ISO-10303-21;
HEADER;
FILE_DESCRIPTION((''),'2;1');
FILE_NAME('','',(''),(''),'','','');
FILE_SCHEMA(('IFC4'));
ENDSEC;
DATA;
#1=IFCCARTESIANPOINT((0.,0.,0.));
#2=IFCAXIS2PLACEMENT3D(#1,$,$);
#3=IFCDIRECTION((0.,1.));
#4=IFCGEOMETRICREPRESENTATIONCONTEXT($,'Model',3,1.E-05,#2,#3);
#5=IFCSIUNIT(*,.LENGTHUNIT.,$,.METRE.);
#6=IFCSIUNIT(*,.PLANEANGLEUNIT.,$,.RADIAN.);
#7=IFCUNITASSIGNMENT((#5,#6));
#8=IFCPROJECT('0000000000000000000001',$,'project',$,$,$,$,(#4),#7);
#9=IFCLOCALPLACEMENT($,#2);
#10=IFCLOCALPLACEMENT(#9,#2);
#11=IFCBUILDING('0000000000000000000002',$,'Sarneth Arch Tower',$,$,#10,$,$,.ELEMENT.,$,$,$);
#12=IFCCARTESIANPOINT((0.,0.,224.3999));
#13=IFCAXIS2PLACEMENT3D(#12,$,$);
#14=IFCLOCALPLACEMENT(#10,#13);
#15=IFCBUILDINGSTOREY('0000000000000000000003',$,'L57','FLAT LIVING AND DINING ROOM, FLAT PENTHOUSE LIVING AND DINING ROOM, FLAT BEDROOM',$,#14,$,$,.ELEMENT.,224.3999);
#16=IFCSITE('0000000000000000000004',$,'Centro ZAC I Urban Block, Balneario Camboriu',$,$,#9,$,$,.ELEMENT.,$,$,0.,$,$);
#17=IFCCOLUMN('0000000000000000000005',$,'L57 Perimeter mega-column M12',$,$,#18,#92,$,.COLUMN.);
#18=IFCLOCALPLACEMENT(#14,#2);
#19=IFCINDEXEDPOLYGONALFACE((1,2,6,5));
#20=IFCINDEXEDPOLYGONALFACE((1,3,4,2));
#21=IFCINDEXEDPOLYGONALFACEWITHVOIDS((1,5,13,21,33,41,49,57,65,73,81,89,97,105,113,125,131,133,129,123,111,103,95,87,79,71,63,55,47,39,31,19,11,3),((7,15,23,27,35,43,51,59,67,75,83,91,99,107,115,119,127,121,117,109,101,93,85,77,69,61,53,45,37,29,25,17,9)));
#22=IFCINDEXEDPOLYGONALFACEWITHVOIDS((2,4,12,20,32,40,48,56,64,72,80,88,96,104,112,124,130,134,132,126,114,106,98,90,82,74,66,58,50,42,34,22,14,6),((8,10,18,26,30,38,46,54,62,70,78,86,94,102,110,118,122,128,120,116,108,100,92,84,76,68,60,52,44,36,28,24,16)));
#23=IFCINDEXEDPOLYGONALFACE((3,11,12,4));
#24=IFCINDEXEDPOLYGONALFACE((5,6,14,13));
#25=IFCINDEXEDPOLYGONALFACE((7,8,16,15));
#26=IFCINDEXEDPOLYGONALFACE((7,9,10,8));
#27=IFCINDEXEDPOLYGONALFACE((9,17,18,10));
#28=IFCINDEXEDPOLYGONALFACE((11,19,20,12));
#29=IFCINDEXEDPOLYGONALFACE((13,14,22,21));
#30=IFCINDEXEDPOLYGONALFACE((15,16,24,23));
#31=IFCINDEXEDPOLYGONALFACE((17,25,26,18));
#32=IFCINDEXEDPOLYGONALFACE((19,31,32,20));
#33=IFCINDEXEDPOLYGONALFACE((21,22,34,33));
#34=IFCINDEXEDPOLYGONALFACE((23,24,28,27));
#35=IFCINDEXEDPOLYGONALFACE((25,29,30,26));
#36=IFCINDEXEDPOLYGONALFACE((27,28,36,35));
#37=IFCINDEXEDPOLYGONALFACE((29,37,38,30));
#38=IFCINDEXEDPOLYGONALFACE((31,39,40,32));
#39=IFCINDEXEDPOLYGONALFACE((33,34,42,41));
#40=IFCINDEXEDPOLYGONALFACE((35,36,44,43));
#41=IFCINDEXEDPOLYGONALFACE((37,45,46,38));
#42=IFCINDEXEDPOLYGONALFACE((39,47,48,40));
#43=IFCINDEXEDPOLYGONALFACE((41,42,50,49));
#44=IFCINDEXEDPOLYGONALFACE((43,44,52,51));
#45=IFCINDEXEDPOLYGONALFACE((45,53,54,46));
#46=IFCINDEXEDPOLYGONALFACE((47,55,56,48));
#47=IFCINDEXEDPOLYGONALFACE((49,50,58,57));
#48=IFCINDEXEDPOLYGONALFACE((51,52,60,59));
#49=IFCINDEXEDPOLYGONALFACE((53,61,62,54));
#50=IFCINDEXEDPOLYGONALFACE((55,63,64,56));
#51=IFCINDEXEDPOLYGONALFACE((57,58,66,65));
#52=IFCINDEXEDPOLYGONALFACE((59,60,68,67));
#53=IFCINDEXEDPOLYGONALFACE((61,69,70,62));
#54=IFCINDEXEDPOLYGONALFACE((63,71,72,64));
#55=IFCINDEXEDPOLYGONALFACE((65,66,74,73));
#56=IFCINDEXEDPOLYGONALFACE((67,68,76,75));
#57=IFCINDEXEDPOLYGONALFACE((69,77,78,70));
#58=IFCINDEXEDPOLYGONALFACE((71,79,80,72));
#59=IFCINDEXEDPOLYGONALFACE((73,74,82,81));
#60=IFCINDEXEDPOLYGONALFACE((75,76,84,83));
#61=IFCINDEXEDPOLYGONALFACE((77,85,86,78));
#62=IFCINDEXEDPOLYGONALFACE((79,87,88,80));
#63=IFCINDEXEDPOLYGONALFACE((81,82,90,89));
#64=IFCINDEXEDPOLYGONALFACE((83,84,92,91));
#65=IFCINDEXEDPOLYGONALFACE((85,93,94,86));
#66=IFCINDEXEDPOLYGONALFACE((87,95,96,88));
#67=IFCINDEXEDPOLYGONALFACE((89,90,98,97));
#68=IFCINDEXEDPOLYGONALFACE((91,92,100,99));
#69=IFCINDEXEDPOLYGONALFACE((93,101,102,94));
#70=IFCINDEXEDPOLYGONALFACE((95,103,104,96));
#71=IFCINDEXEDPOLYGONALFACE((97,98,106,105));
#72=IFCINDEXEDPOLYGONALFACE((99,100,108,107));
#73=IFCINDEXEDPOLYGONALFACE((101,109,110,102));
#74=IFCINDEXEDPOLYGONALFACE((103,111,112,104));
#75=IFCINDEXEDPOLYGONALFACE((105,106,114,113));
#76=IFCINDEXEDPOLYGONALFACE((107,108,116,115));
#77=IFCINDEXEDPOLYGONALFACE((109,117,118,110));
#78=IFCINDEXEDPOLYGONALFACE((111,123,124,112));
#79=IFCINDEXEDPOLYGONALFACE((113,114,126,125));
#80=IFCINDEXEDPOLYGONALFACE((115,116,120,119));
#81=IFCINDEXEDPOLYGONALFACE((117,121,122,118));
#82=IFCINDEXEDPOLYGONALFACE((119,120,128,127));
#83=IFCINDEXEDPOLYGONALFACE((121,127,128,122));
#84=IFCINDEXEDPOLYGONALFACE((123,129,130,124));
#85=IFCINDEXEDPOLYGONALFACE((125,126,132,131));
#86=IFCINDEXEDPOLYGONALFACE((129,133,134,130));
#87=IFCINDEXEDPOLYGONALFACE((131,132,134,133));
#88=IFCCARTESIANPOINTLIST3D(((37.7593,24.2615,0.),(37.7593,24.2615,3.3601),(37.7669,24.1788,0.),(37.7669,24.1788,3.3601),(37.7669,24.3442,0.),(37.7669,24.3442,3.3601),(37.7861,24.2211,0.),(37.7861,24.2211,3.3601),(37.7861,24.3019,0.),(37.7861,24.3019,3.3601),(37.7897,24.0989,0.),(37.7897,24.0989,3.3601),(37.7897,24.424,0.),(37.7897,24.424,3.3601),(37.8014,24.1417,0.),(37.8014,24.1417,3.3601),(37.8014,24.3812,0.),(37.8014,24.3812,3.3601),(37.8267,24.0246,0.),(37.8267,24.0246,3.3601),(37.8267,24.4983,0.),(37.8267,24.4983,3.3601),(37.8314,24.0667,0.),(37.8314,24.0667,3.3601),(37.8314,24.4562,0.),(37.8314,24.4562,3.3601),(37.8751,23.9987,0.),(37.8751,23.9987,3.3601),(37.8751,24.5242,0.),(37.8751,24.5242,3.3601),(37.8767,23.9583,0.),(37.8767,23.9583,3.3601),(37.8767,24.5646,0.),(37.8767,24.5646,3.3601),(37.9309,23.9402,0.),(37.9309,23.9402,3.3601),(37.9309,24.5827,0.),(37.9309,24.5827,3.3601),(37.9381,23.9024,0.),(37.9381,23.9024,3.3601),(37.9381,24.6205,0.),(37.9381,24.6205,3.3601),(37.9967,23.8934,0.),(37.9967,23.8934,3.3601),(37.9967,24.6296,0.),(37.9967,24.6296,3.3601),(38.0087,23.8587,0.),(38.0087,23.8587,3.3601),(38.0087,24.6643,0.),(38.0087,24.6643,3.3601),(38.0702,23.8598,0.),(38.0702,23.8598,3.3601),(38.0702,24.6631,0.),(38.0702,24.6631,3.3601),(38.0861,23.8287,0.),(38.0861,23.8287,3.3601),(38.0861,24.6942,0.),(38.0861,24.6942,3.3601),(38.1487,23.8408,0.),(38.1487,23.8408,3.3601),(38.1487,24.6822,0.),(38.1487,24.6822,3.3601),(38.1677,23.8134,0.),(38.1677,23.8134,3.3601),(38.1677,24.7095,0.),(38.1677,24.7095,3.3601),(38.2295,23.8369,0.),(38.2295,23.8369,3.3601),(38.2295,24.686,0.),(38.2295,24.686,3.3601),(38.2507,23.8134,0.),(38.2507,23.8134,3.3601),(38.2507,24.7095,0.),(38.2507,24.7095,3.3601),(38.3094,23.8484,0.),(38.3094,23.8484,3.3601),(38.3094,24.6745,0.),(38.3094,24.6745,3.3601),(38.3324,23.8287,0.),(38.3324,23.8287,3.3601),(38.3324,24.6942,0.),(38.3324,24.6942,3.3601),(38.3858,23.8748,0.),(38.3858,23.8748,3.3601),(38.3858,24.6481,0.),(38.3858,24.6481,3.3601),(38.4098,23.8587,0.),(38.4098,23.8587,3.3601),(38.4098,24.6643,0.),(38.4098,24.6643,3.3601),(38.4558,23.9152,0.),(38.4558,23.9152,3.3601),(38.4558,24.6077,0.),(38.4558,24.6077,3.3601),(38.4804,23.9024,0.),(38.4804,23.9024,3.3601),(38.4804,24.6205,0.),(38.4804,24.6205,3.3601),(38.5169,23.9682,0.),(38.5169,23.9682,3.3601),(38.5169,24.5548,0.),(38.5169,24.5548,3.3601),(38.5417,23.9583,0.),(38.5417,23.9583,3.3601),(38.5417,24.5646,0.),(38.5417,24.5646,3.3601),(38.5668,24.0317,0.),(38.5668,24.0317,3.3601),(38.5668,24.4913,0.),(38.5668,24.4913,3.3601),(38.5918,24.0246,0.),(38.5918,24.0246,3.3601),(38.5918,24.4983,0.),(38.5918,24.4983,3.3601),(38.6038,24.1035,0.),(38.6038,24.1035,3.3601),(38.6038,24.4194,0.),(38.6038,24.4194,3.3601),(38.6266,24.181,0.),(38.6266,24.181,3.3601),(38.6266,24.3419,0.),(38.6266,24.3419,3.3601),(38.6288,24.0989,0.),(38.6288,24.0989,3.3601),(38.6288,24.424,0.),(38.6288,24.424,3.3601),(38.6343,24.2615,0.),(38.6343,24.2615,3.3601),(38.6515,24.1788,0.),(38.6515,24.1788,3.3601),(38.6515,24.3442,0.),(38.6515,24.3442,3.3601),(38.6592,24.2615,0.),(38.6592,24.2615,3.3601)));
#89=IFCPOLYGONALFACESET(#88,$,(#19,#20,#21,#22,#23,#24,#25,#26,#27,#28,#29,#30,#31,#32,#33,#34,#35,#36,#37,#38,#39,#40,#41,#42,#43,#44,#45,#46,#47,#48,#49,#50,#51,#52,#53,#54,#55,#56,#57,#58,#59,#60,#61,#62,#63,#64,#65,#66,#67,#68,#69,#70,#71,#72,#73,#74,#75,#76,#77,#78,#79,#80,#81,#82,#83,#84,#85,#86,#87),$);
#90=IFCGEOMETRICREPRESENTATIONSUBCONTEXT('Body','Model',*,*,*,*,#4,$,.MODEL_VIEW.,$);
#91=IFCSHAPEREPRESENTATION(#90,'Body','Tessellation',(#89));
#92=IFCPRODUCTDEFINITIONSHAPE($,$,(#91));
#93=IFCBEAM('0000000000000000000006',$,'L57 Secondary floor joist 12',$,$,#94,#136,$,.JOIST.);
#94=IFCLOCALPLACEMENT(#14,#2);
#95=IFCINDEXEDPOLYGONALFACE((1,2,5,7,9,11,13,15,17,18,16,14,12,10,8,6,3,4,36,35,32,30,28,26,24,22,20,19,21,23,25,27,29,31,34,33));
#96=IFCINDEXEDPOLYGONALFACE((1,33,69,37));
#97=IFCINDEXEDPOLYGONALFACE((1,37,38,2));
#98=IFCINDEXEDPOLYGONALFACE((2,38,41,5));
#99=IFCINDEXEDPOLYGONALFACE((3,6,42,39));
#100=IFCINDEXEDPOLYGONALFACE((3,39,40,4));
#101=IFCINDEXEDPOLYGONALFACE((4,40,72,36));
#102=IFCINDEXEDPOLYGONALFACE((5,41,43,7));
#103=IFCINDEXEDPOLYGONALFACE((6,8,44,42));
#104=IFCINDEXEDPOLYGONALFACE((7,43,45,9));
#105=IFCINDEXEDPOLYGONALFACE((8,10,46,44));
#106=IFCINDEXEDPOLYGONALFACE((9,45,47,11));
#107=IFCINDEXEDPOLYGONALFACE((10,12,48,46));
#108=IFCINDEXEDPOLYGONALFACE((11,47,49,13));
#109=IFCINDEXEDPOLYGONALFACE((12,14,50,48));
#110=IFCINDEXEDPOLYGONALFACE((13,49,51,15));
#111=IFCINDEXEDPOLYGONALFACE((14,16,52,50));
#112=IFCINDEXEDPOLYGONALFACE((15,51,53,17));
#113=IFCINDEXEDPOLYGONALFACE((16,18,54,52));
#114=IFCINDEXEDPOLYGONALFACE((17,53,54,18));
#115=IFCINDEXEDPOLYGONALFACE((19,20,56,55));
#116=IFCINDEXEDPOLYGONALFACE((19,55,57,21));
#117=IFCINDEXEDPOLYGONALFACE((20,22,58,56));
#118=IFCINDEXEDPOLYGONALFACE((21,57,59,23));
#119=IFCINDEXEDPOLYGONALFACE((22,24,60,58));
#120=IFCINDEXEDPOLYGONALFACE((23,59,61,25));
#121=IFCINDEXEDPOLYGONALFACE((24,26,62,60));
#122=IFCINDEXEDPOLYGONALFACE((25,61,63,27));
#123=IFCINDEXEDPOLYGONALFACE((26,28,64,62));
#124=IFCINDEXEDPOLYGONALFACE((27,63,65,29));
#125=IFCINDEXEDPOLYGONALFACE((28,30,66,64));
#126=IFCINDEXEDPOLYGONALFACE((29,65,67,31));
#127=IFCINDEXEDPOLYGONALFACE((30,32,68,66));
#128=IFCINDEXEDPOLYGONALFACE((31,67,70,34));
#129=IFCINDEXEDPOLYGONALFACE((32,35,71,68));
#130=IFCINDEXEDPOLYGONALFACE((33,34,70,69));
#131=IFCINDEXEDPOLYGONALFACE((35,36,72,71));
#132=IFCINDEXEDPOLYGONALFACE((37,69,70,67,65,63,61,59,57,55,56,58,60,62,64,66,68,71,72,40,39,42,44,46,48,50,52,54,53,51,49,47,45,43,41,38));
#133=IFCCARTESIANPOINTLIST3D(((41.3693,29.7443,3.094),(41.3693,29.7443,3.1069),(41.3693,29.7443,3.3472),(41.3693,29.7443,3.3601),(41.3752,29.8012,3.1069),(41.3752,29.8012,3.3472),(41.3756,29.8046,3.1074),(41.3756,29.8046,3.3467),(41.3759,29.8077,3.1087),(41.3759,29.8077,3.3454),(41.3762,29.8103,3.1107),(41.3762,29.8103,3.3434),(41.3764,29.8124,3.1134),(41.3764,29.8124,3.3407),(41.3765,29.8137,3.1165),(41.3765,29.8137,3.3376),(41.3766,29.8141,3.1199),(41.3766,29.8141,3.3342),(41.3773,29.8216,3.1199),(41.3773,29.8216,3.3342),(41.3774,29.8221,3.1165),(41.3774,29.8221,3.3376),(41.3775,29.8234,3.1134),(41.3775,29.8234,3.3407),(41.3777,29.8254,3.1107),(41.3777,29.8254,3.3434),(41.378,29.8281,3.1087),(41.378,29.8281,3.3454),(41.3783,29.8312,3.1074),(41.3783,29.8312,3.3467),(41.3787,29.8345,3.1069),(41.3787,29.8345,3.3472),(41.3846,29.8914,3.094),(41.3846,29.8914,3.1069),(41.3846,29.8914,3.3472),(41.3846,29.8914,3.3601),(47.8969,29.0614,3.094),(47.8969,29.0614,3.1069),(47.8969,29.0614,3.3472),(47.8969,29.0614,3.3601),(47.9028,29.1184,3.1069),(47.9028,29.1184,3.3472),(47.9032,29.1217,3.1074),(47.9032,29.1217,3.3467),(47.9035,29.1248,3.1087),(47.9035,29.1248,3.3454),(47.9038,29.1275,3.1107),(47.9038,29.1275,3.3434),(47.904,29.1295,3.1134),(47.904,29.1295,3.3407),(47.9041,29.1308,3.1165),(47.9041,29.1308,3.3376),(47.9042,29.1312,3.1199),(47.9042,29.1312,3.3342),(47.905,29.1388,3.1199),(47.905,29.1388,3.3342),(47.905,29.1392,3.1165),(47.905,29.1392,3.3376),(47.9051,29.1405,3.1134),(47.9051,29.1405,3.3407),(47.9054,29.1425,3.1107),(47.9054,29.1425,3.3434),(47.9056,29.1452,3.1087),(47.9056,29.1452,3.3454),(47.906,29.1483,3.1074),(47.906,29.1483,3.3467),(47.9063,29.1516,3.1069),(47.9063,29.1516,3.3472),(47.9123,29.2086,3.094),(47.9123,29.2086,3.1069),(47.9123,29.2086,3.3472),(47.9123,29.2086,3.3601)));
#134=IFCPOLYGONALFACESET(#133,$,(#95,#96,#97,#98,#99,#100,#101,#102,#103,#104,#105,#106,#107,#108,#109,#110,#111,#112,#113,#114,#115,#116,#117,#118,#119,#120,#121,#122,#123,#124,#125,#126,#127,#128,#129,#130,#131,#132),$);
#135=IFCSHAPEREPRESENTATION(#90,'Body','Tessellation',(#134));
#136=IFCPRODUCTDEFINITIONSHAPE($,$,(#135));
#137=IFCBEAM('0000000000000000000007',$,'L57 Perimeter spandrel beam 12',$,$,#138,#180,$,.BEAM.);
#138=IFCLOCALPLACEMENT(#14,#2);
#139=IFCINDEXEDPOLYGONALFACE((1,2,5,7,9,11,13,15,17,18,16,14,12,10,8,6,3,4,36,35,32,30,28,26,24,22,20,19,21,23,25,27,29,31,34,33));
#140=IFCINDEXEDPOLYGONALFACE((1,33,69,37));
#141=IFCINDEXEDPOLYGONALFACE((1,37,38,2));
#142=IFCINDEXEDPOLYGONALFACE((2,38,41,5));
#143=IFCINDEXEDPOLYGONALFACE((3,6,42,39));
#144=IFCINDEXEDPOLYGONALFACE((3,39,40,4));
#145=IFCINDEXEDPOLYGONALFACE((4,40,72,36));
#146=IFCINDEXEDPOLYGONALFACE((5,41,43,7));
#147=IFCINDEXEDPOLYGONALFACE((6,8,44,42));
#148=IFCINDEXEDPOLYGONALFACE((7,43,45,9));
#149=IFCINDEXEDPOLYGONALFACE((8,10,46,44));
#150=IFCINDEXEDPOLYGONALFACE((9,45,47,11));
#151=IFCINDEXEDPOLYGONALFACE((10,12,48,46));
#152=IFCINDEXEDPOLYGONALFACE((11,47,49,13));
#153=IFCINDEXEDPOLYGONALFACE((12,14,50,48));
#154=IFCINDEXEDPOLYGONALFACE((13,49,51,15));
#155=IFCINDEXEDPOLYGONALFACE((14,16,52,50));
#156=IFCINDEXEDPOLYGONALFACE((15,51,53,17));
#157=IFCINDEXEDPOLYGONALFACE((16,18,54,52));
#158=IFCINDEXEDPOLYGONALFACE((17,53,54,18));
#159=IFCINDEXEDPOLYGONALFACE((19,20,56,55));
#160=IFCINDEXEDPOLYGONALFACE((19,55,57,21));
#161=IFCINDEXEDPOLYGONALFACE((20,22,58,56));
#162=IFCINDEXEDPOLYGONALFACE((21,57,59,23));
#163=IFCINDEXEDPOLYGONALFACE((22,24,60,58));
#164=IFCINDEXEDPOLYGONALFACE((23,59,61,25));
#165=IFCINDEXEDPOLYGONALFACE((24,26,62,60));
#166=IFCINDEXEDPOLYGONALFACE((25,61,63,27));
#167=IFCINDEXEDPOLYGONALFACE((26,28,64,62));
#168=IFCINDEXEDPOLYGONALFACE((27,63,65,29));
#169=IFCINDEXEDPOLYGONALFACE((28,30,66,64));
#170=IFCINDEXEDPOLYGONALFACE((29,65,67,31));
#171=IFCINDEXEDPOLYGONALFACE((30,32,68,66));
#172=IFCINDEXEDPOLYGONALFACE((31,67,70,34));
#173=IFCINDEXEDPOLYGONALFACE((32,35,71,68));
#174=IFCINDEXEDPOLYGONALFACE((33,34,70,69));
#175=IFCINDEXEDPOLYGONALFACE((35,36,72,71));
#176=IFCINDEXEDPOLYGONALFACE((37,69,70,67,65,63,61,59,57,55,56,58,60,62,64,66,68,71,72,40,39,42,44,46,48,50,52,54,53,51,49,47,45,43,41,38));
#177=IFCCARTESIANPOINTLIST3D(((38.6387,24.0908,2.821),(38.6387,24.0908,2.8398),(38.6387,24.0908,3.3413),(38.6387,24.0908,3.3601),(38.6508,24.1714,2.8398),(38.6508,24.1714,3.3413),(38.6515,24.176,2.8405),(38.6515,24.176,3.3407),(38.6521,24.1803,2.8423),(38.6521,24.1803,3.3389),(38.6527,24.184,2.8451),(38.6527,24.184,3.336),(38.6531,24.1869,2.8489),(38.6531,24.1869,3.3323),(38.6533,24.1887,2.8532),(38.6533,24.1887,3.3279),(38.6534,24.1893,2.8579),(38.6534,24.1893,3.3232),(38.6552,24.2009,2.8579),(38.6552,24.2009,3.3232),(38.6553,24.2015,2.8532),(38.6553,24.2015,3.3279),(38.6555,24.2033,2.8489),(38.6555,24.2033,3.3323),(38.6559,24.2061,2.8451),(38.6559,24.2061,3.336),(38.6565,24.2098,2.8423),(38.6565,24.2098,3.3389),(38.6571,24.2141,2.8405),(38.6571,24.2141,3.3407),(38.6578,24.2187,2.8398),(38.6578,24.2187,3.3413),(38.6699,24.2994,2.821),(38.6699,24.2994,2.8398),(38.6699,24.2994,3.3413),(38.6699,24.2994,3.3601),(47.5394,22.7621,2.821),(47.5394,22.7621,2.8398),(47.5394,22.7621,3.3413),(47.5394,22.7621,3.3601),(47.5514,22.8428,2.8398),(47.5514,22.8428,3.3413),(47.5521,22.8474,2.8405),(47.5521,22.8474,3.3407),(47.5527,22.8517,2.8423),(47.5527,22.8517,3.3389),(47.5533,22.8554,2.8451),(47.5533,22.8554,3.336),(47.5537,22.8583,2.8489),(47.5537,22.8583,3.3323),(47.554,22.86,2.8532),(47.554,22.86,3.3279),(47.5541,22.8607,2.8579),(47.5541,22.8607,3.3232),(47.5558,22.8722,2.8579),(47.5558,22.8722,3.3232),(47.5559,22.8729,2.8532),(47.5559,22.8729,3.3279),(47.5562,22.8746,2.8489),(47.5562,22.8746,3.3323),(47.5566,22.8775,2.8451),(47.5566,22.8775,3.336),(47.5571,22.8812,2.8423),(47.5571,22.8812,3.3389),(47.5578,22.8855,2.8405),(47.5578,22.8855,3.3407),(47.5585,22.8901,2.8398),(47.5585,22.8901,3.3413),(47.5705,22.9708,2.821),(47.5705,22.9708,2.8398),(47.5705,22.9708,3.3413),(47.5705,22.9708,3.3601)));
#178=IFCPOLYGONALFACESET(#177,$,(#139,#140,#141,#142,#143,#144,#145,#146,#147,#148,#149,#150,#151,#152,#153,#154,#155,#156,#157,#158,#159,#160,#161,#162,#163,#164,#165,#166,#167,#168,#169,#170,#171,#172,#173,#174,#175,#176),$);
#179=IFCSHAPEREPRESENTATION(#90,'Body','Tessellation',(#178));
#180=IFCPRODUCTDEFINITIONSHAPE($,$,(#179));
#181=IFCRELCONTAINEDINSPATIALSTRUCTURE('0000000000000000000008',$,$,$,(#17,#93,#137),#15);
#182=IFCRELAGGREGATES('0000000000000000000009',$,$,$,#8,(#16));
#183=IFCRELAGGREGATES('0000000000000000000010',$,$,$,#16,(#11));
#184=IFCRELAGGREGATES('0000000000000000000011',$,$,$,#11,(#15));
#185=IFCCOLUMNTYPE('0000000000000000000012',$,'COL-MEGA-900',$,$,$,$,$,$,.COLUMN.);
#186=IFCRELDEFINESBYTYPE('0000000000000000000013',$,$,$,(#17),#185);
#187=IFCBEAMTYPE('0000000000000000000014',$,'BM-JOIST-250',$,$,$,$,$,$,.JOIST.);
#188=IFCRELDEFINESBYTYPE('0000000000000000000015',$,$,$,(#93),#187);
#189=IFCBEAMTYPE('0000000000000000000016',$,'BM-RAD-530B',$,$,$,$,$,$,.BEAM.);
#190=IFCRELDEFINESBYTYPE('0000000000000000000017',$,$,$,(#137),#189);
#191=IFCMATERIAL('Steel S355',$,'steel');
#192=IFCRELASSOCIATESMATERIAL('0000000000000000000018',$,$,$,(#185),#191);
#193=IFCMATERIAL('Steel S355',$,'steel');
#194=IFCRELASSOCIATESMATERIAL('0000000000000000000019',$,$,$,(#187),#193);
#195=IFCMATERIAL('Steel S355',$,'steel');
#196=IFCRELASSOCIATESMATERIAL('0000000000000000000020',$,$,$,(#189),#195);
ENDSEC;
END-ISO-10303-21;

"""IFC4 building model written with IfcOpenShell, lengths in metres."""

from ifc_helpers import new_model, si_unit, direction, frame, origin, origin_2d, place, context, subcontext, project, spatial, hollow_circle, i_section, extrude, material, material_profile, profile_set, type_object, element, save


model = new_model("IFC4")

# Units and contexts
model_context = context("Model", 3, precision=1e-05, world=origin(), true_north=direction((0.0, 1.0)))
body_context = subcontext(model_context, "Body", "Model", "MODEL_VIEW")
ifc_project = project(units=[si_unit("LENGTHUNIT", "METRE"), si_unit("PLANEANGLEUNIT", "RADIAN")], contexts=[model_context])

# Site, building, storey
site_placement = place(None, origin())
site = spatial("IfcSite", under=ifc_project, at=site_placement, Name="Centro ZAC I Urban Block, Balneario Camboriu", CompositionType="ELEMENT", RefElevation=0.0)
building_placement = place(site_placement, origin())
building = spatial("IfcBuilding", under=site, at=building_placement, Name="Sarneth Arch Tower", CompositionType="ELEMENT")
storey_placement = place(building_placement, frame((0.0, 0.0, 224.3999)))
storey = spatial("IfcBuildingStorey", under=building, at=storey_placement, Name="L57", Description="FLAT LIVING AND DINING ROOM, FLAT PENTHOUSE LIVING AND DINING ROOM, FLAT BEDROOM", CompositionType="ELEMENT", Elevation=224.3999)

# Column
ifc_material_1 = material(Name="Steel S355", Category="steel")
ifc_material_profile_1 = material_profile(ifc_material_1, hollow_circle(Radius=0.45, WallThickness=0.0249, at=origin_2d()), Name="CHS900x25")
ifc_profile_set_1 = profile_set([ifc_material_profile_1], Name="Steel S355")
column_type = type_object("IfcColumnType", Name="COL-MEGA-900", PredefinedType="COLUMN", material=ifc_profile_set_1)
column_placement = place(storey_placement, frame((38.2092, 24.2615, 0.0), z_axis=(0.0, 0.0, 1.0), x_axis=(1.0, 0.0, 0.0)))
element("IfcColumn", 1, at=column_placement, inside=storey, type_object=column_type, Name="L57 Perimeter mega-column M12", PredefinedType="COLUMN", context=body_context, shape_type="SweptSolid", body=[
    extrude(hollow_circle(Radius=0.45, WallThickness=0.0249, at=origin_2d()), origin(), (0.0, 0.0, 1.0), 3.3601),
])

# Beams
ifc_material_2 = material(Name="Steel S355", Category="steel")
ifc_material_profile_2 = material_profile(ifc_material_2, i_section(OverallWidth=0.1479, OverallDepth=0.2661, WebThickness=0.0076, FlangeThickness=0.0129, FilletRadius=0.0129, at=origin_2d()), Name="W250x44.8")
ifc_profile_set_2 = profile_set([ifc_material_profile_2], Name="Steel S355")
beam_type_1 = type_object("IfcBeamType", Name="BM-JOIST-250", PredefinedType="JOIST", material=ifc_profile_set_2)
beam_1_placement = place(storey_placement, frame((41.377, 29.8179, 3.2271), z_axis=(0.994573, -0.104044, 0.0), x_axis=(0.104044, 0.994573, 0.0)))
element("IfcBeam", 2, at=beam_1_placement, inside=storey, type_object=beam_type_1, Name="L57 Secondary floor joist 12", PredefinedType="JOIST", context=body_context, shape_type="SweptSolid", body=[
    extrude(i_section(OverallWidth=0.1479, OverallDepth=0.2661, WebThickness=0.0076, FlangeThickness=0.0129, FilletRadius=0.0129, at=origin_2d()), origin(), (0.0, 0.0, 1.0), 6.5632),
])
ifc_material_3 = material(Name="Steel S355", Category="steel")
ifc_material_profile_3 = material_profile(ifc_material_3, i_section(OverallWidth=0.2109, OverallDepth=0.5391, WebThickness=0.0117, FlangeThickness=0.0188, FilletRadius=0.0181, at=origin_2d()), Name="W530x109")
ifc_profile_set_3 = profile_set([ifc_material_profile_3], Name="Steel S355")
beam_type_2 = type_object("IfcBeamType", Name="BM-RAD-530B", PredefinedType="BEAM", material=ifc_profile_set_3)
beam_2_placement = place(storey_placement, frame((38.6543, 24.1951, 3.0906), z_axis=(0.989042, -0.147636, 0.0), x_axis=(0.147636, 0.989042, 0.0)))
element("IfcBeam", 3, at=beam_2_placement, inside=storey, type_object=beam_type_2, Name="L57 Perimeter spandrel beam 12", PredefinedType="BEAM", context=body_context, shape_type="SweptSolid", body=[
    extrude(i_section(OverallWidth=0.2109, OverallDepth=0.5391, WebThickness=0.0117, FlangeThickness=0.0188, FilletRadius=0.0181, at=origin_2d()), origin(), (0.0, 0.0, 1.0), 8.9993),
])

save(model, "model.ifc")
